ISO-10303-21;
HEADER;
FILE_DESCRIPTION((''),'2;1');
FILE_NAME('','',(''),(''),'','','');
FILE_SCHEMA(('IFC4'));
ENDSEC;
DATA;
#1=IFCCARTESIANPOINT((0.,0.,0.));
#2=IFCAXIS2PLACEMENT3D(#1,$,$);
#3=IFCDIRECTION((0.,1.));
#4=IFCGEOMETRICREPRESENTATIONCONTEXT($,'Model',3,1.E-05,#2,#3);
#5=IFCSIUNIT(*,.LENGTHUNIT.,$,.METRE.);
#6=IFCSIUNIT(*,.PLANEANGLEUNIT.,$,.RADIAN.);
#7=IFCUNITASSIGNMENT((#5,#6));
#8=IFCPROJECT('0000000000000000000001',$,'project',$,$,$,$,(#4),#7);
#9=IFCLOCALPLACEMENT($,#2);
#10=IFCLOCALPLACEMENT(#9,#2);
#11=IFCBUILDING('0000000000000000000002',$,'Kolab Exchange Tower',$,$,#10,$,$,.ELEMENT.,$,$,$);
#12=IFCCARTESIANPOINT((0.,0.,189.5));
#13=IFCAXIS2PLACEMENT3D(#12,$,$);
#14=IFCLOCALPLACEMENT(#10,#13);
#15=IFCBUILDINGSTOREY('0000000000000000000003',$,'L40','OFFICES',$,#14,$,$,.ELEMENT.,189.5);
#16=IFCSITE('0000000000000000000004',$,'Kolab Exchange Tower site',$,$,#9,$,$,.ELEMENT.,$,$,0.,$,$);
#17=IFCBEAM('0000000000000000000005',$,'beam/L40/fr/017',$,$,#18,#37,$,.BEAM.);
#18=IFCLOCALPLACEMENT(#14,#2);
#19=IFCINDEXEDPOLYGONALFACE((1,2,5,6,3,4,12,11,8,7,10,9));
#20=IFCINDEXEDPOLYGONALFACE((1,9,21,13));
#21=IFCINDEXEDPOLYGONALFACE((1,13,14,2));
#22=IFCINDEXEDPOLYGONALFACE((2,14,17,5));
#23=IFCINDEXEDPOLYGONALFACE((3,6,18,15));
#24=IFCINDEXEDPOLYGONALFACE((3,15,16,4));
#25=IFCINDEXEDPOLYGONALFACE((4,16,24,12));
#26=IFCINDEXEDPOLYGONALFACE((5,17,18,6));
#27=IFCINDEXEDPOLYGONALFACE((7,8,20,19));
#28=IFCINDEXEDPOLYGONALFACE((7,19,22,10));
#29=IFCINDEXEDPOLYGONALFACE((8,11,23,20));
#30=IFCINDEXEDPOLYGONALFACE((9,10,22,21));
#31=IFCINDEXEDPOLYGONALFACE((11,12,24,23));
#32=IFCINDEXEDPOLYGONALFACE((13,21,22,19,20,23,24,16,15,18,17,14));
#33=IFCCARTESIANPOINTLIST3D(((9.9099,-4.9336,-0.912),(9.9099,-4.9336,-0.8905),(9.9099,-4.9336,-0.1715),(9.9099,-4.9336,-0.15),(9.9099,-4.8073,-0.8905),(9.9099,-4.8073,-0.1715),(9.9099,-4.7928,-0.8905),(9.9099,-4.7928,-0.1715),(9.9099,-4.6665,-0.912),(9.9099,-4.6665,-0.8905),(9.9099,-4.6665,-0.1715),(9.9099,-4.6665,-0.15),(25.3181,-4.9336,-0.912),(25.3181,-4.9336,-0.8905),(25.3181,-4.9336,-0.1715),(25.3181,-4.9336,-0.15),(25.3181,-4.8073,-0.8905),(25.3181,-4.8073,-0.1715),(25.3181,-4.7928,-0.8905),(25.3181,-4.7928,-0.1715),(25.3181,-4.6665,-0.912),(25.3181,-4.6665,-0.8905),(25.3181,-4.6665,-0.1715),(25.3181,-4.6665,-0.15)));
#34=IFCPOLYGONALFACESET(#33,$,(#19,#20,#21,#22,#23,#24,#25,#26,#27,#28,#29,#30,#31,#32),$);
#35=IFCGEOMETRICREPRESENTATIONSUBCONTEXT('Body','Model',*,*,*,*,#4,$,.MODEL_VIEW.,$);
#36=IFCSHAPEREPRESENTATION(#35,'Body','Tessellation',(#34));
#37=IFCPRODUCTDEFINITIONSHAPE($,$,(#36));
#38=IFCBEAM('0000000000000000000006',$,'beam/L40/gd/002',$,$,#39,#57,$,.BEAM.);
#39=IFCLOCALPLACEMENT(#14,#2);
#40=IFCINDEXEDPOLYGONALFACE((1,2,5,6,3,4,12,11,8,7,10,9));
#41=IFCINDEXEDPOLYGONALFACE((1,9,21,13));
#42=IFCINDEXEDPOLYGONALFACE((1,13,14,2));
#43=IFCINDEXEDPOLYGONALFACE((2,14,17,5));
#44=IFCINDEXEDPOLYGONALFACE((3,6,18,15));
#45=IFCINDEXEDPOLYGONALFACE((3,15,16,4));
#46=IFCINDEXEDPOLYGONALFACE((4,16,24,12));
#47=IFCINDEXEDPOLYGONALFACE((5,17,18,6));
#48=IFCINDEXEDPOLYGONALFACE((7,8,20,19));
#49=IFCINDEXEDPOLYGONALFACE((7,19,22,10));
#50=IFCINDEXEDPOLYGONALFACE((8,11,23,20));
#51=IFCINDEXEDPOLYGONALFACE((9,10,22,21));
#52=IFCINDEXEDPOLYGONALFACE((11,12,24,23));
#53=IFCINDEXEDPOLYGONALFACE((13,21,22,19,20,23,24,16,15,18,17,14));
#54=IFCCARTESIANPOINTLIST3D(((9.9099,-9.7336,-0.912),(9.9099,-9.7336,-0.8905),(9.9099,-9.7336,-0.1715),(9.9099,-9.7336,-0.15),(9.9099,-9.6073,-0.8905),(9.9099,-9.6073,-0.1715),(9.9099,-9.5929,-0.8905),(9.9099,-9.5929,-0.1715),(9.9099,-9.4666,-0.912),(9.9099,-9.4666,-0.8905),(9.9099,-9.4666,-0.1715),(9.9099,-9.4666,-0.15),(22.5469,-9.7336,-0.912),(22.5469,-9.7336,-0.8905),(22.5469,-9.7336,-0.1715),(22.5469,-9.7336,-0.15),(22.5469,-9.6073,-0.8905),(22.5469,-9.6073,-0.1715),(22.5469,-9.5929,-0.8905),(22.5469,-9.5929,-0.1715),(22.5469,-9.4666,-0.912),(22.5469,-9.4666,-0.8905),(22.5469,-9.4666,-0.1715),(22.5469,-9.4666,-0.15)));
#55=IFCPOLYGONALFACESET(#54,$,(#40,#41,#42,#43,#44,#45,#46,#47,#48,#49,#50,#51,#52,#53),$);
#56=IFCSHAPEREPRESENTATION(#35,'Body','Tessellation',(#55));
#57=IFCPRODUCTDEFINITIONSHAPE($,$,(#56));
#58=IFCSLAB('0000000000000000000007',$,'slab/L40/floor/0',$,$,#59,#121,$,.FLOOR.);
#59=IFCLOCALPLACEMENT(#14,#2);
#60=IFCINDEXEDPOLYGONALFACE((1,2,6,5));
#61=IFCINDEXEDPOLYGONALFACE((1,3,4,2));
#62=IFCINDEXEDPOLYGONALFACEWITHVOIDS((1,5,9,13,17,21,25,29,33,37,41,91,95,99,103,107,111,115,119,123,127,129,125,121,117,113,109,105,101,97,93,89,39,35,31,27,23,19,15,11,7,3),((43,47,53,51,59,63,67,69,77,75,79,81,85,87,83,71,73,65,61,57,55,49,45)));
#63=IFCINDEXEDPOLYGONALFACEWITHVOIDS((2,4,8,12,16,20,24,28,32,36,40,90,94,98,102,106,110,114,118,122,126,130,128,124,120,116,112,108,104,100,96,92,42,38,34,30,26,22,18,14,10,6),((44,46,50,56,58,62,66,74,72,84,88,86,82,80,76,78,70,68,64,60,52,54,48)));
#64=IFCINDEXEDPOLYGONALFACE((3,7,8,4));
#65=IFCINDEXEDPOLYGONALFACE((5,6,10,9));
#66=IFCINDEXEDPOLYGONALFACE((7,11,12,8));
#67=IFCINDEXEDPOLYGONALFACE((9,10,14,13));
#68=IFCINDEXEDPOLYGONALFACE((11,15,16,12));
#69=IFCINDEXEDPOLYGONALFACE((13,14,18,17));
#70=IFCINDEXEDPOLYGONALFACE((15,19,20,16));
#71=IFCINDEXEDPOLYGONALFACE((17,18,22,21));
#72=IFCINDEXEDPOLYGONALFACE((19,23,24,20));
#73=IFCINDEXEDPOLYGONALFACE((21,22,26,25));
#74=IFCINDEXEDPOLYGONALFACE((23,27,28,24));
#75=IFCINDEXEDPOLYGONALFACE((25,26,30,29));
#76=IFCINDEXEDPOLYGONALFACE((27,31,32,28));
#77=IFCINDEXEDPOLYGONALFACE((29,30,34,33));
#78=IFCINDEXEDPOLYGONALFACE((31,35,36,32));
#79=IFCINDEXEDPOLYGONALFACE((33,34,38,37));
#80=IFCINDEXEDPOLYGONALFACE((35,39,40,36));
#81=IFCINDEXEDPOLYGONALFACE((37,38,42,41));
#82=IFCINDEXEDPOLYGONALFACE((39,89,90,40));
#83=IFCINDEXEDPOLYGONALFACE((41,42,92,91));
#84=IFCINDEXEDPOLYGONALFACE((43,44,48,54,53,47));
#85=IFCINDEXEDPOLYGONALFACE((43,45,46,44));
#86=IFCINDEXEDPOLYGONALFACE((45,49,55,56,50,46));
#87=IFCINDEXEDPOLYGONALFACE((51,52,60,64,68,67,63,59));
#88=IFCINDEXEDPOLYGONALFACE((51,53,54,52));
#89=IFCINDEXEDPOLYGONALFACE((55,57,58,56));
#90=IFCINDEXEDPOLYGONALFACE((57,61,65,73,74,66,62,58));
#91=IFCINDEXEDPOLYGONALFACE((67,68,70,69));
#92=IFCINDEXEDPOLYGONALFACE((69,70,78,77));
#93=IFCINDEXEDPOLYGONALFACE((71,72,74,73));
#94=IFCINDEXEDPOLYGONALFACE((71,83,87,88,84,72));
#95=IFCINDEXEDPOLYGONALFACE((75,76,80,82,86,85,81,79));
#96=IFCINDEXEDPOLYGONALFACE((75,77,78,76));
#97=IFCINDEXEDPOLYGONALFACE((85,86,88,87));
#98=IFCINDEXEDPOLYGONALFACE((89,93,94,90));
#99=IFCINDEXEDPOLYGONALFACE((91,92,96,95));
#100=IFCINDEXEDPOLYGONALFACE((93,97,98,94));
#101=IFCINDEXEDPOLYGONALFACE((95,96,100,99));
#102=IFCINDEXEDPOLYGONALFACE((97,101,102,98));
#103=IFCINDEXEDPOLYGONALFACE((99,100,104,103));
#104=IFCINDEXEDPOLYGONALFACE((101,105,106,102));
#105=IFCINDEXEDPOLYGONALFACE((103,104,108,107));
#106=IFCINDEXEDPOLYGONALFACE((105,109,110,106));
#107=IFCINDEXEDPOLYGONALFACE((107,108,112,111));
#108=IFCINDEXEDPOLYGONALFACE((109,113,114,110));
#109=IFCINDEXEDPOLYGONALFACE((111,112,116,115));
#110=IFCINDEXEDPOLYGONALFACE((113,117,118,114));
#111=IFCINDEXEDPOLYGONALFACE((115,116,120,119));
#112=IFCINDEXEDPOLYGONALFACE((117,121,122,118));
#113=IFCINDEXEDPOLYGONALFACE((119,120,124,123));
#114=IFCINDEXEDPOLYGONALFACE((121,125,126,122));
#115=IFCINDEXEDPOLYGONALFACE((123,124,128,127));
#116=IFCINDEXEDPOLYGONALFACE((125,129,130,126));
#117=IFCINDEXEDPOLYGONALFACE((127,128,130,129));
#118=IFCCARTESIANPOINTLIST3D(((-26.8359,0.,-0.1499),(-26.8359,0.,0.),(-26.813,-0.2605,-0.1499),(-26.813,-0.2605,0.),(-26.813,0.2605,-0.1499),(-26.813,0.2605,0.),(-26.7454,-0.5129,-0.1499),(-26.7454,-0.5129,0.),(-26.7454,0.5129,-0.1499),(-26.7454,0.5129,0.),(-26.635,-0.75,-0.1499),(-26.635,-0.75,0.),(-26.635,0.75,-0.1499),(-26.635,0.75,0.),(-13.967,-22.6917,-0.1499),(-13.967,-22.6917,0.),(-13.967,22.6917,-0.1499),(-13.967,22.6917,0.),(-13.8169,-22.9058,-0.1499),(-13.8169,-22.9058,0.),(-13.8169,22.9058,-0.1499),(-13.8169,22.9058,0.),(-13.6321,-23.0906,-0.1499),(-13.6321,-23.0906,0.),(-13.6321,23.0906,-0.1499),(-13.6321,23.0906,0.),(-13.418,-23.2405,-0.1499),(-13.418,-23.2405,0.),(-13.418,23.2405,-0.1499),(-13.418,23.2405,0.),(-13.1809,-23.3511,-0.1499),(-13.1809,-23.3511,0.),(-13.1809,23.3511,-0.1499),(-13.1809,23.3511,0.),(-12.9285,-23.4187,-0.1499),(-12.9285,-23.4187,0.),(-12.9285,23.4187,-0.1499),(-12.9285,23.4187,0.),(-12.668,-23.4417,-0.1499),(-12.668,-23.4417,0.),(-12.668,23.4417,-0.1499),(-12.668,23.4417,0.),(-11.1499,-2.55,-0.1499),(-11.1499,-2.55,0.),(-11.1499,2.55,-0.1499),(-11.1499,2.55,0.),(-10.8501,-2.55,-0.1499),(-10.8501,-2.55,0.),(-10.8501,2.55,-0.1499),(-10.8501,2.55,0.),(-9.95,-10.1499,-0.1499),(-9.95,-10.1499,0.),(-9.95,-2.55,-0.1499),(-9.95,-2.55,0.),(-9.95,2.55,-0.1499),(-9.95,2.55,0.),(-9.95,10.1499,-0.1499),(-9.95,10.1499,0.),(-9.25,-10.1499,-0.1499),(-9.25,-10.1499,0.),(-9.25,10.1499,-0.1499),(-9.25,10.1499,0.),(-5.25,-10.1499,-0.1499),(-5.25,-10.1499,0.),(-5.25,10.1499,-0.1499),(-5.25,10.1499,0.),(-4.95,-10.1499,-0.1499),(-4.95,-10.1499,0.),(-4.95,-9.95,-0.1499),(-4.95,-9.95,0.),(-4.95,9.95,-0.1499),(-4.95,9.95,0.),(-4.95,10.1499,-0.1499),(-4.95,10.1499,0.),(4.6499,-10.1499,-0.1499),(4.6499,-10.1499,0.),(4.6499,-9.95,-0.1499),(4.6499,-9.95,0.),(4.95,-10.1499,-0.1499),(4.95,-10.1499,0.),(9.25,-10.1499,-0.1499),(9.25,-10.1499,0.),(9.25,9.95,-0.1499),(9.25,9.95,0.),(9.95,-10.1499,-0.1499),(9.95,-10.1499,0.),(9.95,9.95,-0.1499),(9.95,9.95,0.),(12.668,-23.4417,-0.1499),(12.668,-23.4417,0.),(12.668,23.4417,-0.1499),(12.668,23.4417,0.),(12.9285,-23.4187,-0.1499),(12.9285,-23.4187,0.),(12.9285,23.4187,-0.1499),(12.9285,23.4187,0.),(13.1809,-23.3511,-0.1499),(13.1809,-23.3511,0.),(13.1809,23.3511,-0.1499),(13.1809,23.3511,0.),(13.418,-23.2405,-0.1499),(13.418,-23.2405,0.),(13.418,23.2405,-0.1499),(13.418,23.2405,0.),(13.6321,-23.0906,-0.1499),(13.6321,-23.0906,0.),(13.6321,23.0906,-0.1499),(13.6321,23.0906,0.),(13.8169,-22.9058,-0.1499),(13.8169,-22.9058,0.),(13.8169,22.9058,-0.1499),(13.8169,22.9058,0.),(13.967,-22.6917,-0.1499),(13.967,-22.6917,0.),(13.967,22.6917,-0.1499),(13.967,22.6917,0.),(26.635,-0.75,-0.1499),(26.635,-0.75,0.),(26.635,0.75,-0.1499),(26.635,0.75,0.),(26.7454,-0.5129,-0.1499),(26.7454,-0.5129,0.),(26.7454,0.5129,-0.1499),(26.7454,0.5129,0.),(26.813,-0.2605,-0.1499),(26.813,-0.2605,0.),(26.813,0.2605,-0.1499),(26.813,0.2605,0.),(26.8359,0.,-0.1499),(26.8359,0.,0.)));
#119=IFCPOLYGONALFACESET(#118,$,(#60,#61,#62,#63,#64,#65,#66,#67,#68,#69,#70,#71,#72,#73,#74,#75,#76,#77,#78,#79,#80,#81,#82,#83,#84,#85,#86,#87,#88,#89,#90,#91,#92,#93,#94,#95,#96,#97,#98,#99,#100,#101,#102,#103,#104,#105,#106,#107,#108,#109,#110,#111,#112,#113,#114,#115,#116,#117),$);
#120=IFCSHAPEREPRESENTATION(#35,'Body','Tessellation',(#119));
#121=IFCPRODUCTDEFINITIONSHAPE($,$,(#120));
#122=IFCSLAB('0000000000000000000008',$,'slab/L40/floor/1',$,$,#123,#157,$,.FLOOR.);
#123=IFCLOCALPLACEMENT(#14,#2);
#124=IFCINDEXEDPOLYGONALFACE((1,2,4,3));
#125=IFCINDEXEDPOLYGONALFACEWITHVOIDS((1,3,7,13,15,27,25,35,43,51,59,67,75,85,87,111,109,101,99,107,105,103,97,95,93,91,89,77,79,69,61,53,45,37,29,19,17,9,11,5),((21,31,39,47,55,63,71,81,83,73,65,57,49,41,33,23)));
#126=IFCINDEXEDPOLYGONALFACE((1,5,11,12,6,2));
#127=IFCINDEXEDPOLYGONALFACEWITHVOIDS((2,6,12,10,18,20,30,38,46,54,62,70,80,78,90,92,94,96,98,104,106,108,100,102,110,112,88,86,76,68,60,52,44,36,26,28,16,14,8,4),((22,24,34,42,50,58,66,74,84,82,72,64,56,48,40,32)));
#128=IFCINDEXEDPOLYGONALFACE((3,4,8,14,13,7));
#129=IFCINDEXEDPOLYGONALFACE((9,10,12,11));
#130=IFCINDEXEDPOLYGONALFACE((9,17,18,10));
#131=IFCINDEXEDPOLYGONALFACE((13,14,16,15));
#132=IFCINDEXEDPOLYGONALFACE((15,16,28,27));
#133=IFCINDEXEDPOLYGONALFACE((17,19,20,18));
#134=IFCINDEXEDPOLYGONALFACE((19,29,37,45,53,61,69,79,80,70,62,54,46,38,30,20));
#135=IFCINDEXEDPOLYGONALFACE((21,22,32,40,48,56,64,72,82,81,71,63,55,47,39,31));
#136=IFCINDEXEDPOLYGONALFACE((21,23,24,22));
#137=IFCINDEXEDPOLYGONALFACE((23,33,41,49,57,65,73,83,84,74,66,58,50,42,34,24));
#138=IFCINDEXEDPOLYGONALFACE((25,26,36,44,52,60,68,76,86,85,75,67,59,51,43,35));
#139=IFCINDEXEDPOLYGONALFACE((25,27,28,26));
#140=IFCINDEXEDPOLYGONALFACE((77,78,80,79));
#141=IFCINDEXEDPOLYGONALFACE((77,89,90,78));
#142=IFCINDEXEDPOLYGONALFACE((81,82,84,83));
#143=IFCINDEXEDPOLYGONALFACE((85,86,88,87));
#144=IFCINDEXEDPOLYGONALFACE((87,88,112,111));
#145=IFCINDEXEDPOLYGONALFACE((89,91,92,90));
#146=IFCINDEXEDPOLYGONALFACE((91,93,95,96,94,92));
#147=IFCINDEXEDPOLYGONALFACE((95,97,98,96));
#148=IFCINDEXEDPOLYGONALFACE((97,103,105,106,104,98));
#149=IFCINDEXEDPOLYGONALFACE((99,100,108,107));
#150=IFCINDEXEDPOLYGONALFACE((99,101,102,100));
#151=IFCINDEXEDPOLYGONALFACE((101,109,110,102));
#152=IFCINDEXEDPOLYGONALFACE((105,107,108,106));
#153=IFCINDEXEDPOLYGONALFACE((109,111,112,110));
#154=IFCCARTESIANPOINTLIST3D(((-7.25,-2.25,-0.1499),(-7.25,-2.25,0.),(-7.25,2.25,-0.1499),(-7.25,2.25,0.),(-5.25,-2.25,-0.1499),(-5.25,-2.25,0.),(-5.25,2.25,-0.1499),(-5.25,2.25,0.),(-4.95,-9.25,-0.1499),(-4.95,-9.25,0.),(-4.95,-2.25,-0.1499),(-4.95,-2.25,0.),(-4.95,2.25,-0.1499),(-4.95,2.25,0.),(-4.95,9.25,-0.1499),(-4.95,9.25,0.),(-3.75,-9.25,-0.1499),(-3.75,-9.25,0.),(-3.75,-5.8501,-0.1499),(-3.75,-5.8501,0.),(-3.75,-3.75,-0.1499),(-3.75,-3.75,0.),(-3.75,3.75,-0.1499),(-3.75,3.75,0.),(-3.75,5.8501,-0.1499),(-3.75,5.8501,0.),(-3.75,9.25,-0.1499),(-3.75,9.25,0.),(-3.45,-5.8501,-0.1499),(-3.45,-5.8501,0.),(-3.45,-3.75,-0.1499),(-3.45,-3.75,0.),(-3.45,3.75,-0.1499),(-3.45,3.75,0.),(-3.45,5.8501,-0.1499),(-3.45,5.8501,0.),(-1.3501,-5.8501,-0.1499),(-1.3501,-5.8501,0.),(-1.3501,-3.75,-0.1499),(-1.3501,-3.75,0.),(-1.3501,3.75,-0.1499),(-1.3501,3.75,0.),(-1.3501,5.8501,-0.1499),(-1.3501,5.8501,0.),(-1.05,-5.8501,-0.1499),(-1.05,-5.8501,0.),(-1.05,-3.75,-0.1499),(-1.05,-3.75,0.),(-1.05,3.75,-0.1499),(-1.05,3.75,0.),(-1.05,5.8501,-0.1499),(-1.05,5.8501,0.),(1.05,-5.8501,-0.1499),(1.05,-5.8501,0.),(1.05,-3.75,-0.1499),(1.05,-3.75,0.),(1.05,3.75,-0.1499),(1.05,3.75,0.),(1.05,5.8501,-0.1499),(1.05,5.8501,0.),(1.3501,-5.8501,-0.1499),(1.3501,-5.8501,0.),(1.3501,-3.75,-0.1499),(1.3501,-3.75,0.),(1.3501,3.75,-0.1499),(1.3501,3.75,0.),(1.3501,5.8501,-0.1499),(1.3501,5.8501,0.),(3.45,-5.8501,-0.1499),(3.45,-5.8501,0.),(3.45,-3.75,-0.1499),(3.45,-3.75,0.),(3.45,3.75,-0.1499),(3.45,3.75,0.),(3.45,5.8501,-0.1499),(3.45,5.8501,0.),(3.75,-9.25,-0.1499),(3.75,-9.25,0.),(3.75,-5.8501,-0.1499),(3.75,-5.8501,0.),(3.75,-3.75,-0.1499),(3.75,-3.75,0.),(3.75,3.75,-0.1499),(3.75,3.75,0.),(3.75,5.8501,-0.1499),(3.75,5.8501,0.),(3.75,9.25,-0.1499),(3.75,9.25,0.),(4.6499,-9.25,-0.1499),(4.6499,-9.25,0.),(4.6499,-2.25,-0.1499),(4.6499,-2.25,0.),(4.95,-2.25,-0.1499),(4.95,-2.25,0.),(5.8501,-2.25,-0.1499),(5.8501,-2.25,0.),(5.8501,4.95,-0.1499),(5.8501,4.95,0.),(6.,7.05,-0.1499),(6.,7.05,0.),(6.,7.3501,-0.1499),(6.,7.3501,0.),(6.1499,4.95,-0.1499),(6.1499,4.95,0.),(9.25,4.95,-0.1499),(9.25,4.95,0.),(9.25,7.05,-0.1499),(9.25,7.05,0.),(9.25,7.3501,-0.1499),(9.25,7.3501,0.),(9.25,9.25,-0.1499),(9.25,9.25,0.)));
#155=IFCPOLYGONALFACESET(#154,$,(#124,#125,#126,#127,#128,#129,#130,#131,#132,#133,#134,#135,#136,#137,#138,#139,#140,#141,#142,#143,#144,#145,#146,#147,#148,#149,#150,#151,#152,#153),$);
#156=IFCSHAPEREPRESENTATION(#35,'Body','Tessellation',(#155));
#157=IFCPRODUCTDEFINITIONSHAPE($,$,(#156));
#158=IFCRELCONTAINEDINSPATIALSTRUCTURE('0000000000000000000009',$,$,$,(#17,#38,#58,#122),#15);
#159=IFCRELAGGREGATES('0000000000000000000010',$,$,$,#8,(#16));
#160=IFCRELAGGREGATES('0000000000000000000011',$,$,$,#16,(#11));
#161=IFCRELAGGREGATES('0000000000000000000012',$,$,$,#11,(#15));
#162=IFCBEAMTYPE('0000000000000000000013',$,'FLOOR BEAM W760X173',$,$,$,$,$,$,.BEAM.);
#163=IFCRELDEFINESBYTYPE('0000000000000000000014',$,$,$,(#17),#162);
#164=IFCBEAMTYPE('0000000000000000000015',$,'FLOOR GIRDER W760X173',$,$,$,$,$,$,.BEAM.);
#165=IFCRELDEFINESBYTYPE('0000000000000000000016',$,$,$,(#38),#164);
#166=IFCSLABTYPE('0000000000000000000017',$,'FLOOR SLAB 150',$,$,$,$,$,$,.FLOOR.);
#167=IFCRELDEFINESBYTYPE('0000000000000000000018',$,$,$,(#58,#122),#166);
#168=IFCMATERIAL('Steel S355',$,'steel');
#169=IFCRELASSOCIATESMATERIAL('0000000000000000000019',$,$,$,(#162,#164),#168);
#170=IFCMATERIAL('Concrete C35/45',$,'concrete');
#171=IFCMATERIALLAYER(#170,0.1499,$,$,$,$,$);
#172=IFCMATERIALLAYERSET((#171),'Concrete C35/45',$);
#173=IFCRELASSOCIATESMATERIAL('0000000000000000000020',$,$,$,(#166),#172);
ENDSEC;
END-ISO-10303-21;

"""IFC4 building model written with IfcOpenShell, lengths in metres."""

from ifc_helpers import new_model, si_unit, direction, frame, origin, origin_2d, place, context, subcontext, project, spatial, polyline, i_section, outline, extrude, material, layer, layer_set, material_profile, profile_set, type_object, element, save


model = new_model("IFC4")

# Units and contexts
model_context = context("Model", 3, precision=1e-05, world=origin(), true_north=direction((0.0, 1.0)))
body_context = subcontext(model_context, "Body", "Model", "MODEL_VIEW")
ifc_project = project(units=[si_unit("LENGTHUNIT", "METRE"), si_unit("PLANEANGLEUNIT", "RADIAN")], contexts=[model_context])

# Site, building, storey
site_placement = place(None, origin())
site = spatial("IfcSite", under=ifc_project, at=site_placement, Name="Kolab Exchange Tower site", CompositionType="ELEMENT", RefElevation=0.0)
building_placement = place(site_placement, origin())
building = spatial("IfcBuilding", under=site, at=building_placement, Name="Kolab Exchange Tower", CompositionType="ELEMENT")
storey_placement = place(building_placement, frame((0.0, 0.0, 189.5)))
storey = spatial("IfcBuildingStorey", under=building, at=storey_placement, Name="L40", Description="OFFICES", CompositionType="ELEMENT", Elevation=189.5)

# Beams
ifc_material_1 = material(Name="Steel S355", Category="steel")
ifc_material_profile_1 = material_profile(ifc_material_1, i_section(OverallWidth=0.2671, OverallDepth=0.762, WebThickness=0.0144, FlangeThickness=0.0215, at=origin_2d()), Name="W760X173")
ifc_profile_set_1 = profile_set([ifc_material_profile_1], Name="Steel S355")
beam_type_1 = type_object("IfcBeamType", Name="FLOOR BEAM W760X173", PredefinedType="BEAM", material=ifc_profile_set_1)
beam_1_placement = place(storey_placement, frame((9.9099, -4.8, -0.531), z_axis=(1.0, 0.0, 0.0), x_axis=(0.0, 1.0, 0.0)))
element("IfcBeam", 1, at=beam_1_placement, inside=storey, type_object=beam_type_1, Name="beam/L40/fr/017", PredefinedType="BEAM", context=body_context, shape_type="SweptSolid", body=[
    extrude(i_section(OverallWidth=0.2671, OverallDepth=0.762, WebThickness=0.0144, FlangeThickness=0.0215, at=origin_2d()), origin(), (0.0, 0.0, 1.0), 15.4082),
])
ifc_material_profile_2 = material_profile(ifc_material_1, i_section(OverallWidth=0.2671, OverallDepth=0.762, WebThickness=0.0144, FlangeThickness=0.0215, at=origin_2d()), Name="W760X173")
ifc_profile_set_2 = profile_set([ifc_material_profile_2], Name="Steel S355")
beam_type_2 = type_object("IfcBeamType", Name="FLOOR GIRDER W760X173", PredefinedType="BEAM", material=ifc_profile_set_2)
beam_2_placement = place(storey_placement, frame((9.9099, -9.6001, -0.531), z_axis=(1.0, 0.0, 0.0), x_axis=(0.0, 1.0, 0.0)))
element("IfcBeam", 2, at=beam_2_placement, inside=storey, type_object=beam_type_2, Name="beam/L40/gd/002", PredefinedType="BEAM", context=body_context, shape_type="SweptSolid", body=[
    extrude(i_section(OverallWidth=0.2671, OverallDepth=0.762, WebThickness=0.0144, FlangeThickness=0.0215, at=origin_2d()), origin(), (0.0, 0.0, 1.0), 12.637),
])

# Slabs
ifc_material_2 = material(Name="Concrete C35/45", Category="concrete")
ifc_layer_1 = layer(ifc_material_2, 0.1499)
ifc_layer_set_1 = layer_set([ifc_layer_1], Name="Concrete C35/45")
slab_type_1 = type_object("IfcSlabType", Name="FLOOR SLAB 150", PredefinedType="FLOOR", material=ifc_layer_set_1)
slab_1_placement = place(storey_placement, frame((0.0, 0.0, -0.1499)))
element("IfcSlab", 3, at=slab_1_placement, inside=storey, type_object=slab_type_1, Name="slab/L40/floor/0", PredefinedType="FLOOR", context=body_context, shape_type="SweptSolid", body=[
    extrude(outline(polyline([(13.967, -22.6917), (26.635, -0.75), (26.7454, -0.5129), (26.813, -0.2605), (26.8359, 0.0), (26.813, 0.2605), (26.7454, 0.5129), (26.635, 0.75), (13.967, 22.6917), (13.8169, 22.9058), (13.6321, 23.0906), (13.418, 23.2405), (13.1809, 23.3511), (12.9285, 23.4187), (12.668, 23.4417), (-12.668, 23.4417), (-12.9285, 23.4187), (-13.1809, 23.3511), (-13.418, 23.2405), (-13.6321, 23.0906), (-13.8169, 22.9058), (-13.967, 22.6917), (-26.635, 0.75), (-26.7454, 0.5129), (-26.813, 0.2605), (-26.8359, 0.0), (-26.813, -0.2605), (-26.7454, -0.5129), (-26.635, -0.75), (-13.967, -22.6917), (-13.8169, -22.9058), (-13.6321, -23.0906), (-13.418, -23.2405), (-13.1809, -23.3511), (-12.9285, -23.4187), (-12.668, -23.4417), (12.668, -23.4417), (12.9285, -23.4187), (13.1809, -23.3511), (13.418, -23.2405), (13.6321, -23.0906), (13.8169, -22.9058), (13.967, -22.6917)]), holes=[polyline([(-9.25, -10.1499), (-9.95, -10.1499), (-9.95, -2.55), (-10.8501, -2.55), (-11.1499, -2.55), (-11.1499, 2.55), (-10.8501, 2.55), (-9.95, 2.55), (-9.95, 10.1499), (-9.25, 10.1499), (-5.25, 10.1499), (-4.95, 10.1499), (-4.95, 9.95), (9.25, 9.95), (9.95, 9.95), (9.95, -10.1499), (9.25, -10.1499), (4.95, -10.1499), (4.6499, -10.1499), (4.6499, -9.95), (-4.95, -9.95), (-4.95, -10.1499), (-5.25, -10.1499), (-9.25, -10.1499)])]), origin(), (0.0, 0.0, 1.0), 0.1499),
])
slab_2_placement = place(storey_placement, frame((0.0, 0.0, -0.1499)))
element("IfcSlab", 4, at=slab_2_placement, inside=storey, type_object=slab_type_1, Name="slab/L40/floor/1", PredefinedType="FLOOR", context=body_context, shape_type="SweptSolid", body=[
    extrude(outline(polyline([(-4.95, 9.25), (-4.95, 2.25), (-5.25, 2.25), (-7.25, 2.25), (-7.25, -2.25), (-5.25, -2.25), (-4.95, -2.25), (-4.95, -9.25), (-3.75, -9.25), (-3.75, -5.8501), (-3.45, -5.8501), (-1.3501, -5.8501), (-1.05, -5.8501), (1.05, -5.8501), (1.3501, -5.8501), (3.45, -5.8501), (3.75, -5.8501), (3.75, -9.25), (4.6499, -9.25), (4.6499, -2.25), (4.95, -2.25), (5.8501, -2.25), (5.8501, 4.95), (6.1499, 4.95), (9.25, 4.95), (9.25, 7.05), (6.0, 7.05), (6.0, 7.3501), (9.25, 7.3501), (9.25, 9.25), (3.75, 9.25), (3.75, 5.8501), (3.45, 5.8501), (1.3501, 5.8501), (1.05, 5.8501), (-1.05, 5.8501), (-1.3501, 5.8501), (-3.45, 5.8501), (-3.75, 5.8501), (-3.75, 9.25), (-4.95, 9.25)]), holes=[polyline([(-3.45, -3.75), (-3.75, -3.75), (-3.75, 3.75), (-3.45, 3.75), (-1.3501, 3.75), (-1.05, 3.75), (1.05, 3.75), (1.3501, 3.75), (3.45, 3.75), (3.75, 3.75), (3.75, -3.75), (3.45, -3.75), (1.3501, -3.75), (1.05, -3.75), (-1.05, -3.75), (-1.3501, -3.75), (-3.45, -3.75)])]), origin(), (0.0, 0.0, 1.0), 0.1499),
])

save(model, "model.ifc")
